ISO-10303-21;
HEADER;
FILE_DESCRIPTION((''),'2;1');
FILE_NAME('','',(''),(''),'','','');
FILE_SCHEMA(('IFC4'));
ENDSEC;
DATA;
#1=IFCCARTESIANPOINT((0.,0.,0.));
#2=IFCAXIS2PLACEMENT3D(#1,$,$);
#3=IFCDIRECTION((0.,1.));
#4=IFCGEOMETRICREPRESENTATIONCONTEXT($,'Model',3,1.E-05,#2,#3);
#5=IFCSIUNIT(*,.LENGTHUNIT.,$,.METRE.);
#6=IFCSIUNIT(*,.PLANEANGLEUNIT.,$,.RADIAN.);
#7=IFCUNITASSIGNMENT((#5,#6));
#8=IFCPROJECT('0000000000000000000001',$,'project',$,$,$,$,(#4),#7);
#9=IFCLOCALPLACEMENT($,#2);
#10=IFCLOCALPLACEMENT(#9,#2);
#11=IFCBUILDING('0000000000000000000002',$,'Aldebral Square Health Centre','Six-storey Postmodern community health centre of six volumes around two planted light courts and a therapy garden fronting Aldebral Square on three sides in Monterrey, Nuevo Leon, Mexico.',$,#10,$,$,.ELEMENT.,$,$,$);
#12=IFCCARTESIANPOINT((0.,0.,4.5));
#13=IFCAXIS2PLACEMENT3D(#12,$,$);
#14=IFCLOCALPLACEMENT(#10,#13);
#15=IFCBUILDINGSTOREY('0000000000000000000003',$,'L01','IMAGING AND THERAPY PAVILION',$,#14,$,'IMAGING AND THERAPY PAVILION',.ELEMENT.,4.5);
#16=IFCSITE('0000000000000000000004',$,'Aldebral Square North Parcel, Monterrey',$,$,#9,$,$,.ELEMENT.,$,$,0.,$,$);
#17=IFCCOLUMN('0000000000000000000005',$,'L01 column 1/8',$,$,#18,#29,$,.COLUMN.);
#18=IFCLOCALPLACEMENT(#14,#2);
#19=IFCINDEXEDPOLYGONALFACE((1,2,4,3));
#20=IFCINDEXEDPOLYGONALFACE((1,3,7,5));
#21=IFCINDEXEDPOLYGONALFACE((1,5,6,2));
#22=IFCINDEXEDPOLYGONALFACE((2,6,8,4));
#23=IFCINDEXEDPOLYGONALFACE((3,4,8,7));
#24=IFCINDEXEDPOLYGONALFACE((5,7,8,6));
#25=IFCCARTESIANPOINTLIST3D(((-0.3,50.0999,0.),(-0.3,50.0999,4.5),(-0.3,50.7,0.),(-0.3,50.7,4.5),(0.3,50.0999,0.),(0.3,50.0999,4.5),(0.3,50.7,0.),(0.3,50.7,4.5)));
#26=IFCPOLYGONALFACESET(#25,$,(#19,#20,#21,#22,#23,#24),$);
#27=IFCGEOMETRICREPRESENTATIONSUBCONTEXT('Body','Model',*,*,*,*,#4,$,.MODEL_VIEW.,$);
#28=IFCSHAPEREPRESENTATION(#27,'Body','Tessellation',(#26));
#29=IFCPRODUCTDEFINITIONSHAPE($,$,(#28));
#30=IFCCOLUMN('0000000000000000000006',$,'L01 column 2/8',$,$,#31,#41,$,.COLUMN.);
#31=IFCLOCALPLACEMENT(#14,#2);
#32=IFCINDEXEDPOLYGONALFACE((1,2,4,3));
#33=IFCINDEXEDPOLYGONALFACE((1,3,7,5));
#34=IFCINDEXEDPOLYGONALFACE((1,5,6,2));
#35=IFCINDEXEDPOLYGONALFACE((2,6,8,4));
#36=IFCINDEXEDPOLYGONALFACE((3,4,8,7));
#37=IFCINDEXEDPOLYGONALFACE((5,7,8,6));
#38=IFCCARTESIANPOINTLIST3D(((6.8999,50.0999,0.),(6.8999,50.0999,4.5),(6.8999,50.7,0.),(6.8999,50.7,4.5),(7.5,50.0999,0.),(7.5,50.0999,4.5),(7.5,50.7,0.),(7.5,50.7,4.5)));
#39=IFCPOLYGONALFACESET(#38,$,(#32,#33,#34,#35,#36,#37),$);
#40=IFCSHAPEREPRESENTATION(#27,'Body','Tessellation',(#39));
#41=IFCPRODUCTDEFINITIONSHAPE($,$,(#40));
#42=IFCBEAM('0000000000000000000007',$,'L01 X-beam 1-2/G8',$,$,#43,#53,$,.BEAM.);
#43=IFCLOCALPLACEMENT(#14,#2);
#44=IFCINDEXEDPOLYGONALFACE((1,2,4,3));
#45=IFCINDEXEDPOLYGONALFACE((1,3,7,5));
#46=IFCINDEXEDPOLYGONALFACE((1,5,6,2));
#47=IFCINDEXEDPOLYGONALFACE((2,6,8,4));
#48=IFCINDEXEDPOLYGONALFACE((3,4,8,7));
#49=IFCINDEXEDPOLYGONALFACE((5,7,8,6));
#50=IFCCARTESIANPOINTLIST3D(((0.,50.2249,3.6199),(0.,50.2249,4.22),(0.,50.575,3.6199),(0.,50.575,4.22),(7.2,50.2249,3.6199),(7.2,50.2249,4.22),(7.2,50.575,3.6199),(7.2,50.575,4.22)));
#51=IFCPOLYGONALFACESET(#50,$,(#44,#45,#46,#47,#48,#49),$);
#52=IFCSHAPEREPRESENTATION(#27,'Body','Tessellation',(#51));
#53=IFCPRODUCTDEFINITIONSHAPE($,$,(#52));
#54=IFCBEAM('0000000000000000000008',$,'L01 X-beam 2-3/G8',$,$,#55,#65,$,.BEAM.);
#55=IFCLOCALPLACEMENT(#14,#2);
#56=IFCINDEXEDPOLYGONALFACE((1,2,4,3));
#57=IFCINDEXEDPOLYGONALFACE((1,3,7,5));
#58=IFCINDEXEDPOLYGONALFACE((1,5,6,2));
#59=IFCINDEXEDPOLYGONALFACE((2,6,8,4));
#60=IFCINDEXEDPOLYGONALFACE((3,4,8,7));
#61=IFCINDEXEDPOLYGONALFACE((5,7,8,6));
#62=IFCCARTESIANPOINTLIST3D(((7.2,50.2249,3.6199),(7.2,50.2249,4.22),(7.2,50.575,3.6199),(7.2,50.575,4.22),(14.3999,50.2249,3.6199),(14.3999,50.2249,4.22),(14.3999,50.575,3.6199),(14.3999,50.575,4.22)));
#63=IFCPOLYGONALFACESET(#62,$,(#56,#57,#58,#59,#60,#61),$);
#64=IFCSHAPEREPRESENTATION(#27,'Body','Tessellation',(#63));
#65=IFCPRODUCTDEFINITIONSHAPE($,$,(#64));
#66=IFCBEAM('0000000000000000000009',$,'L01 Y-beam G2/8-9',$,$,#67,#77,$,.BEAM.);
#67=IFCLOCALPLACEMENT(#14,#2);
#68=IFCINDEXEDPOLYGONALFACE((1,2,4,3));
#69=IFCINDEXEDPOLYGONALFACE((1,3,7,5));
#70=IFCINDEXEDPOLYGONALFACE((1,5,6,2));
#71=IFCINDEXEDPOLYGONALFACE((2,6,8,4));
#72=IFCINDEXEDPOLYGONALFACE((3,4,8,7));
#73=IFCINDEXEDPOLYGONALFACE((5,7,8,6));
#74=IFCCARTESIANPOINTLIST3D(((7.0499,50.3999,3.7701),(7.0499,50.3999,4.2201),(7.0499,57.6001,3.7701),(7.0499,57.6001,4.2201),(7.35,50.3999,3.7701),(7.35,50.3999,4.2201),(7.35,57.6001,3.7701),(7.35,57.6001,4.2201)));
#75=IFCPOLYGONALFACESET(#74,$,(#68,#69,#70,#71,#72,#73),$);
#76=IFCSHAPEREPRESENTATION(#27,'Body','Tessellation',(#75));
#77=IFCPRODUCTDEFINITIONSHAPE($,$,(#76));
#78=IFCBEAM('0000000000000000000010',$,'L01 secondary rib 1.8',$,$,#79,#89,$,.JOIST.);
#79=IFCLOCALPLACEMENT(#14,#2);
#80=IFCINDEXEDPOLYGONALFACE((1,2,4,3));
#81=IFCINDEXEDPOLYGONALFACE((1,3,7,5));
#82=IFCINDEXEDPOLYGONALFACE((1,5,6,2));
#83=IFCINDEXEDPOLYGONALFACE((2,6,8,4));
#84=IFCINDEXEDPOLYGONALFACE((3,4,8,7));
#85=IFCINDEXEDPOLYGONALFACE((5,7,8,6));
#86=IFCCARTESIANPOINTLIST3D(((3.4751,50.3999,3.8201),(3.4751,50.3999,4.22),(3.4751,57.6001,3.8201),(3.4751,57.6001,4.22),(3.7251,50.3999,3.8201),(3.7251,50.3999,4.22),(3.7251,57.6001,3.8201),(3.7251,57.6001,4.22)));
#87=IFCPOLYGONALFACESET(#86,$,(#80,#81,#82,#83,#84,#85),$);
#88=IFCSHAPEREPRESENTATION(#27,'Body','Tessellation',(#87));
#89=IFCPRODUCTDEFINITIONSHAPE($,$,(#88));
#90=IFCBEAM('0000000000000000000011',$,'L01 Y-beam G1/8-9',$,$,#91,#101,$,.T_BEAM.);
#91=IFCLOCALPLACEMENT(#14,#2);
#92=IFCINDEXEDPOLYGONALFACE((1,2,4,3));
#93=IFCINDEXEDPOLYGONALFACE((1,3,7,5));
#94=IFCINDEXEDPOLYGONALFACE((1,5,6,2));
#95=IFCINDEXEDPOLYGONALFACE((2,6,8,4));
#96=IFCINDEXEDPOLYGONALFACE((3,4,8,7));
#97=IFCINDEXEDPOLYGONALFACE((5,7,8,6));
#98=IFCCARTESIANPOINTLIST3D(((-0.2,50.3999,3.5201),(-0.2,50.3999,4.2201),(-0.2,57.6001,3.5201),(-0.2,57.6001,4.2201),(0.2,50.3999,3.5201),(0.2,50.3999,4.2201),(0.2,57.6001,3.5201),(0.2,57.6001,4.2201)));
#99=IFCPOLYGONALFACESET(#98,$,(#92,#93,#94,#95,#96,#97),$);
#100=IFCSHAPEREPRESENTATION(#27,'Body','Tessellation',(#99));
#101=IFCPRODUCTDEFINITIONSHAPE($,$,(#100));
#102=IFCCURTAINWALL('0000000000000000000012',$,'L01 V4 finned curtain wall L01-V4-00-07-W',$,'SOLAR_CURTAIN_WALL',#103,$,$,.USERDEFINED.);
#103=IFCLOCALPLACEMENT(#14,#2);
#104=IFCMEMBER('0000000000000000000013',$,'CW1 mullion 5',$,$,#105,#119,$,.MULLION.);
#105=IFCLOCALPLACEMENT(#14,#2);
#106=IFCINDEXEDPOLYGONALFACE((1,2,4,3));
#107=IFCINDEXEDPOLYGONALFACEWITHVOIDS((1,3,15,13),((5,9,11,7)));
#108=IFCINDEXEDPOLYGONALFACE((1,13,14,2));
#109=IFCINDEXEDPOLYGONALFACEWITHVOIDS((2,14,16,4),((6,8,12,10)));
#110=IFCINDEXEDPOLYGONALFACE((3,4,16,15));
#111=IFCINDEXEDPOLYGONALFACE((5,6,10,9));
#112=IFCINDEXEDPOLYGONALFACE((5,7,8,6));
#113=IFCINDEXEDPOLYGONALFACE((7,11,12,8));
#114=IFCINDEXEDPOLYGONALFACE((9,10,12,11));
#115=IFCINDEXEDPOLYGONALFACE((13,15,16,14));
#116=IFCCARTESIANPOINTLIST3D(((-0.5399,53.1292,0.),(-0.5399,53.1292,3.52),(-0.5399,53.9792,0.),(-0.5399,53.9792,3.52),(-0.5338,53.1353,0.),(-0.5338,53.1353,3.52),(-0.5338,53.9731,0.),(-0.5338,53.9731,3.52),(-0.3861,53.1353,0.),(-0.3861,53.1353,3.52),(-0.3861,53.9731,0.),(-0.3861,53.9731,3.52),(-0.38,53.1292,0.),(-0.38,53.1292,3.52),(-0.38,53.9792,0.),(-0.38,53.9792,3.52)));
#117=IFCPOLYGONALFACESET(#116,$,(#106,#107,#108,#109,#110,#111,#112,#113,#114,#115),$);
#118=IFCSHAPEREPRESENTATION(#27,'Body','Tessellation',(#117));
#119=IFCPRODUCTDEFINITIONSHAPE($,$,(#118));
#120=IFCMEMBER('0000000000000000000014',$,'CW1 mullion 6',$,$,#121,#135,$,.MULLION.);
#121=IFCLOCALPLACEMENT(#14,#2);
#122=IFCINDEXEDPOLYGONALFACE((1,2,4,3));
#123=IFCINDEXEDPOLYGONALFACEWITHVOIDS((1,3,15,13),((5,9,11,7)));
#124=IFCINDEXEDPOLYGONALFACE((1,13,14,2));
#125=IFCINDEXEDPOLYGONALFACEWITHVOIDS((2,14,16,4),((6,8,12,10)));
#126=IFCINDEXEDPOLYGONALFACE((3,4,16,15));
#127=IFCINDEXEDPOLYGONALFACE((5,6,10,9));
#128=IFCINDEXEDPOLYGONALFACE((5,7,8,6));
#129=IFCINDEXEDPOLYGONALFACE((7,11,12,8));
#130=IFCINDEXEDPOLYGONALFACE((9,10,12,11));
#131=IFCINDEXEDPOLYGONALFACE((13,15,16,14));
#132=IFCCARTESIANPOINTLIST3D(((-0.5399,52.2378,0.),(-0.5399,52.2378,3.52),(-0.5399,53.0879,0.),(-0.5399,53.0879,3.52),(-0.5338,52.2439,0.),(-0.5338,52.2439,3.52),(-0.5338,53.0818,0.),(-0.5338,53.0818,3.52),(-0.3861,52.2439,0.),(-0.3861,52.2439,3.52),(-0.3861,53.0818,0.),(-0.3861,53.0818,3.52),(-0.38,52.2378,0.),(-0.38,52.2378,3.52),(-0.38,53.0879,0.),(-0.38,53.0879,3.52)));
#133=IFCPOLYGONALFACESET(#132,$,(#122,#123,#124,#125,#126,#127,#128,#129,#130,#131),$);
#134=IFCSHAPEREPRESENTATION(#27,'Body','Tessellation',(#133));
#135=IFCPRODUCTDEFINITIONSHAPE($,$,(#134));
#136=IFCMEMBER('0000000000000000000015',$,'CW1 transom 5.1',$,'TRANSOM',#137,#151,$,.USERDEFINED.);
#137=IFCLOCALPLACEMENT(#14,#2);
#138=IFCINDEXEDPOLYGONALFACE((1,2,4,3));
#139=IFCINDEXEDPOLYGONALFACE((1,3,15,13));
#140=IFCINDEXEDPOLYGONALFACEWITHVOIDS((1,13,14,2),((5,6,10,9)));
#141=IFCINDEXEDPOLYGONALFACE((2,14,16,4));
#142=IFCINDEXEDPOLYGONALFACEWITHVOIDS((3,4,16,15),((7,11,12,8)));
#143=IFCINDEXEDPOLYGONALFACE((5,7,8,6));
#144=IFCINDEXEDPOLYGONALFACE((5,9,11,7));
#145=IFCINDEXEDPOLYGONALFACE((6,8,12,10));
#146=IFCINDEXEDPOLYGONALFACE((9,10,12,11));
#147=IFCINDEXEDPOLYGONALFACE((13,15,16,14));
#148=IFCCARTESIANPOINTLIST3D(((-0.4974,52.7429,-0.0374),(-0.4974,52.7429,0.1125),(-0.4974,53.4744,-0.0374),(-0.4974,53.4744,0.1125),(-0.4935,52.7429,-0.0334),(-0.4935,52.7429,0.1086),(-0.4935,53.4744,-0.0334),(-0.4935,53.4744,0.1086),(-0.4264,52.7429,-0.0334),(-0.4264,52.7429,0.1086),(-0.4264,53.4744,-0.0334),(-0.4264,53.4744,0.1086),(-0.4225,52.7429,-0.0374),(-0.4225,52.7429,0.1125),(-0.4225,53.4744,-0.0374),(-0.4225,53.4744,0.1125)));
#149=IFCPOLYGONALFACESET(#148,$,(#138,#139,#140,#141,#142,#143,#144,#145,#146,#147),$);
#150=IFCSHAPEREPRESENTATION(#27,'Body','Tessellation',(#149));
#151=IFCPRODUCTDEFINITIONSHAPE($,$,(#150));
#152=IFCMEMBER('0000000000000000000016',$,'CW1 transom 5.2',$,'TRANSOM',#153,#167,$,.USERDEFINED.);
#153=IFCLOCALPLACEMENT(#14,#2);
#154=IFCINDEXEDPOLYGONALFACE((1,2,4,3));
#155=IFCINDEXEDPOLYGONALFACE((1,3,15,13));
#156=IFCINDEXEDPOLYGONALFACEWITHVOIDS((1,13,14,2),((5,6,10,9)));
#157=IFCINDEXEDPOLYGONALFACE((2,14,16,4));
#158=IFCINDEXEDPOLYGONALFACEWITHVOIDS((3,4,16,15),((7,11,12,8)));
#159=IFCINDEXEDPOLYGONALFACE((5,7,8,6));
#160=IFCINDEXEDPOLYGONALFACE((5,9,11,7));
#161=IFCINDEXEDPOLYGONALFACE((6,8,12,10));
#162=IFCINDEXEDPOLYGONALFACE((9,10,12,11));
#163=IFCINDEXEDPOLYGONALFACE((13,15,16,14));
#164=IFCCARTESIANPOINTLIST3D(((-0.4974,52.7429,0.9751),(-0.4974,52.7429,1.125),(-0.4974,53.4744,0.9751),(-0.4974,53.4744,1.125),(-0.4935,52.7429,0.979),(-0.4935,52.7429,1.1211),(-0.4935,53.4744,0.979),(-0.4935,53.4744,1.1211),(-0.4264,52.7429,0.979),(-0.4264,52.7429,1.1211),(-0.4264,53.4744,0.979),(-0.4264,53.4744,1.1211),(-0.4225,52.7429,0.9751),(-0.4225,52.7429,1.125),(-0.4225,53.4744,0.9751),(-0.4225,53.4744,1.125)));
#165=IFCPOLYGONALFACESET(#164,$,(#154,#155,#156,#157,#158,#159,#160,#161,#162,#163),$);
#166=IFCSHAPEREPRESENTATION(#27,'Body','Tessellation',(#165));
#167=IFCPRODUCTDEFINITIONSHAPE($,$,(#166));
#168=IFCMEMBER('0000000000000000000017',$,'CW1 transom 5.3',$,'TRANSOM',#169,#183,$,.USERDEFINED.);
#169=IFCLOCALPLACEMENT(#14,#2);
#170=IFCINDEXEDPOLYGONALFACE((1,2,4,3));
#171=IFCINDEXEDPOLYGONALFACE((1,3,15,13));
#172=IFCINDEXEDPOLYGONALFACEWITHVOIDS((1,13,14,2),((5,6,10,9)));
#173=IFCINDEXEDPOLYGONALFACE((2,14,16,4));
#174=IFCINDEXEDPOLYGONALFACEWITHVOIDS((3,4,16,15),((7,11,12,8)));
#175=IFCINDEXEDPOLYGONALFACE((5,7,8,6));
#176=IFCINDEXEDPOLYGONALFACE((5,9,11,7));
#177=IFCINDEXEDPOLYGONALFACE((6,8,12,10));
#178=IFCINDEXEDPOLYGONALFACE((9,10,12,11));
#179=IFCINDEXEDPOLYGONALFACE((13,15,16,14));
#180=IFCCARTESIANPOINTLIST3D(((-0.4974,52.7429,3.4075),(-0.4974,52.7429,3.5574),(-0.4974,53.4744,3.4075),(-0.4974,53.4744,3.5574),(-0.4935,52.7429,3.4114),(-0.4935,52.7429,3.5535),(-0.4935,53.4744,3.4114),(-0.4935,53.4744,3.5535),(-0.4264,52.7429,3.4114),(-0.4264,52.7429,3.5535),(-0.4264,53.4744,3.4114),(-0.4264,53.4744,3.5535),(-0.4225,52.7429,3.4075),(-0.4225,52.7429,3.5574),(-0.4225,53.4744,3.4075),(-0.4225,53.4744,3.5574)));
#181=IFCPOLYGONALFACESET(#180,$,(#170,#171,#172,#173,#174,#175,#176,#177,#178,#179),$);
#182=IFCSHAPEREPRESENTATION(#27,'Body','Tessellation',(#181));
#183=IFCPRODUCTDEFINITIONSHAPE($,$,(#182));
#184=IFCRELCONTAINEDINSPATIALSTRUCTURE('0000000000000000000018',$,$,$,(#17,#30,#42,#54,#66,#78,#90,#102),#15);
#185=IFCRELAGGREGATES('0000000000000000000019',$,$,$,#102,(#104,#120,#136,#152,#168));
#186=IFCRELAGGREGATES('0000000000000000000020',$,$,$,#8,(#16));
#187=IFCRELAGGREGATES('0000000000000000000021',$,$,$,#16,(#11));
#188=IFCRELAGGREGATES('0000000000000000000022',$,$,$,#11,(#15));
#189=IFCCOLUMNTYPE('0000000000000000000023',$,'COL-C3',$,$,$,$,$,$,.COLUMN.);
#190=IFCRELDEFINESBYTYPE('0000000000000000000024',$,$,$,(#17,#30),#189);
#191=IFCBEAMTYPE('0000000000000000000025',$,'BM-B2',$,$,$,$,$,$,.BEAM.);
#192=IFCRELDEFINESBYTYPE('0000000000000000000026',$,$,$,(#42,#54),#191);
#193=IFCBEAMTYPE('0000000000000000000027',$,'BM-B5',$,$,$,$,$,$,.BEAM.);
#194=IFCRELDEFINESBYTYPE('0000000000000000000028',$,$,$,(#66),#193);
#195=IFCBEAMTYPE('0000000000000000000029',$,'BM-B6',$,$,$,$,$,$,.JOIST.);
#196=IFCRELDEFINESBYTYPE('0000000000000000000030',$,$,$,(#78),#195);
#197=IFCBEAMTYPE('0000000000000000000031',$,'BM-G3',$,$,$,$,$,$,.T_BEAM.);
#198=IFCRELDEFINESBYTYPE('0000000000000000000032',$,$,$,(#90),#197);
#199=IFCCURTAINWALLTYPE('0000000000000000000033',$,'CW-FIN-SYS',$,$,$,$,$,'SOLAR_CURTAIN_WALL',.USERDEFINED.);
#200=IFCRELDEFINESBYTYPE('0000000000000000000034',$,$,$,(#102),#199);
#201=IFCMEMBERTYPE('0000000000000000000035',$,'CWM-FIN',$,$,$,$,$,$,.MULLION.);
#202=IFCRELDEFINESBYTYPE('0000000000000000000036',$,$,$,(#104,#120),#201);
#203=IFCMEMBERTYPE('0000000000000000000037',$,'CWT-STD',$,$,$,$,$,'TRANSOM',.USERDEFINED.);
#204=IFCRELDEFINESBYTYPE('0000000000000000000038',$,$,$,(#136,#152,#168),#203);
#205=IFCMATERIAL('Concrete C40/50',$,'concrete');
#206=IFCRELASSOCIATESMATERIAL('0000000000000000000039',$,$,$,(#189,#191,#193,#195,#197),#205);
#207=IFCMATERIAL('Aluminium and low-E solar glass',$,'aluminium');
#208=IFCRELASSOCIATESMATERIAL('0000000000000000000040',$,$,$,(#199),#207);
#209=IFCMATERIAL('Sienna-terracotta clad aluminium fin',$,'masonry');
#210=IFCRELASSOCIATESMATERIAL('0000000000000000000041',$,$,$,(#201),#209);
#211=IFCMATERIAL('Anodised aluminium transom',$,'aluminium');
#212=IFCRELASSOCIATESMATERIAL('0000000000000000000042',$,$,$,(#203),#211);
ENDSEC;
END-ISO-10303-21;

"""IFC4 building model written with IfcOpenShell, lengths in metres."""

from ifc_helpers import new_model, si_unit, direction, frame, origin, origin_2d, place, context, subcontext, project, spatial, rectangle, hollow_rectangle, extrude, material, material_profile, profile_set, type_object, element, aggregate, save


model = new_model("IFC4")

# Units and contexts
model_context = context("Model", 3, precision=1e-05, world=origin(), true_north=direction((0.0, 1.0)))
body_context = subcontext(model_context, "Body", "Model", "MODEL_VIEW")
ifc_project = project(units=[si_unit("LENGTHUNIT", "METRE"), si_unit("PLANEANGLEUNIT", "RADIAN")], contexts=[model_context])

# Site, building, storey
site_placement = place(None, origin())
site = spatial("IfcSite", under=ifc_project, at=site_placement, Name="Aldebral Square North Parcel, Monterrey", CompositionType="ELEMENT", RefElevation=0.0)
building_placement = place(site_placement, origin())
building = spatial("IfcBuilding", under=site, at=building_placement, Name="Aldebral Square Health Centre", Description="Six-storey Postmodern community health centre of six volumes around two planted light courts and a therapy garden fronting Aldebral Square on three sides in Monterrey, Nuevo Leon, Mexico.", CompositionType="ELEMENT")
storey_placement = place(building_placement, frame((0.0, 0.0, 4.5)))
storey = spatial("IfcBuildingStorey", under=building, at=storey_placement, Name="L01", Description="IMAGING AND THERAPY PAVILION", LongName="IMAGING AND THERAPY PAVILION", CompositionType="ELEMENT", Elevation=4.5)

# Columns
ifc_material_1 = material(Name="Concrete C40/50", Category="concrete")
ifc_material_profile_1 = material_profile(ifc_material_1, rectangle(XDim=0.6001, YDim=0.6001, at=origin_2d()), Name="RC 600x600")
ifc_profile_set_1 = profile_set([ifc_material_profile_1], Name="Concrete C40/50")
column_type = type_object("IfcColumnType", Name="COL-C3", PredefinedType="COLUMN", material=ifc_profile_set_1)
for number, where, z_axis, x_axis, name in (
    (1, (0.0, 50.3999, 0.0), (0.0, 0.0, 1.0), (1.0, 0.0, 0.0), "L01 column 1/8"),
    (2, (7.2, 50.3999, 0.0), (0.0, 0.0, 1.0), (1.0, 0.0, 0.0), "L01 column 2/8"),
):
    element("IfcColumn", number, at=place(storey_placement, frame(where, z_axis=z_axis, x_axis=x_axis)), inside=storey, type_object=column_type, Name=name, PredefinedType="COLUMN", context=body_context, shape_type="SweptSolid", body=[
        extrude(rectangle(XDim=0.6001, YDim=0.6001, at=origin_2d()), origin(), (0.0, 0.0, 1.0), 4.5),
    ])

# Beams
ifc_material_profile_2 = material_profile(ifc_material_1, rectangle(XDim=0.3501, YDim=0.6001, at=origin_2d()), Name="RC 350x600")
ifc_profile_set_2 = profile_set([ifc_material_profile_2], Name="Concrete C40/50")
beam_type_1 = type_object("IfcBeamType", Name="BM-B2", PredefinedType="BEAM", material=ifc_profile_set_2)
for number, where, z_axis, x_axis, name in (
    (3, (0.0, 50.3999, 3.9199), (1.0, 0.0, 0.0), (0.0, 1.0, 0.0), "L01 X-beam 1-2/G8"),
    (4, (7.2, 50.3999, 3.9199), (1.0, 0.0, 0.0), (0.0, 1.0, 0.0), "L01 X-beam 2-3/G8"),
):
    element("IfcBeam", number, at=place(storey_placement, frame(where, z_axis=z_axis, x_axis=x_axis)), inside=storey, type_object=beam_type_1, Name=name, PredefinedType="BEAM", context=body_context, shape_type="SweptSolid", body=[
        extrude(rectangle(XDim=0.3501, YDim=0.6001, at=origin_2d()), origin(), (0.0, 0.0, 1.0), 7.2),
    ])
ifc_material_profile_3 = material_profile(ifc_material_1, rectangle(XDim=0.3, YDim=0.45, at=origin_2d()), Name="RC 300x450")
ifc_profile_set_3 = profile_set([ifc_material_profile_3], Name="Concrete C40/50")
beam_type_2 = type_object("IfcBeamType", Name="BM-B5", PredefinedType="BEAM", material=ifc_profile_set_3)
beam_1_placement = place(storey_placement, frame((7.2, 50.3999, 3.9951), z_axis=(0.0, 1.0, 0.0), x_axis=(-1.0, 0.0, 0.0)))
element("IfcBeam", 5, at=beam_1_placement, inside=storey, type_object=beam_type_2, Name="L01 Y-beam G2/8-9", PredefinedType="BEAM", context=body_context, shape_type="SweptSolid", body=[
    extrude(rectangle(XDim=0.3, YDim=0.45, at=origin_2d()), origin(), (0.0, 0.0, 1.0), 7.2002),
])
ifc_material_profile_4 = material_profile(ifc_material_1, rectangle(XDim=0.25, YDim=0.3999, at=origin_2d()), Name="RC 250x400")
ifc_profile_set_4 = profile_set([ifc_material_profile_4], Name="Concrete C40/50")
beam_type_3 = type_object("IfcBeamType", Name="BM-B6", PredefinedType="JOIST", material=ifc_profile_set_4)
beam_2_placement = place(storey_placement, frame((3.6001, 50.3999, 4.02), z_axis=(0.0, 1.0, 0.0), x_axis=(-1.0, 0.0, 0.0)))
element("IfcBeam", 6, at=beam_2_placement, inside=storey, type_object=beam_type_3, Name="L01 secondary rib 1.8", PredefinedType="JOIST", context=body_context, shape_type="SweptSolid", body=[
    extrude(rectangle(XDim=0.25, YDim=0.3999, at=origin_2d()), origin(), (0.0, 0.0, 1.0), 7.2002),
])
ifc_material_profile_5 = material_profile(ifc_material_1, rectangle(XDim=0.3999, YDim=0.7, at=origin_2d()), Name="RC 400x700")
ifc_profile_set_5 = profile_set([ifc_material_profile_5], Name="Concrete C40/50")
beam_type_4 = type_object("IfcBeamType", Name="BM-G3", PredefinedType="T_BEAM", material=ifc_profile_set_5)
beam_3_placement = place(storey_placement, frame((0.0, 50.3999, 3.8701), z_axis=(0.0, 1.0, 0.0), x_axis=(-1.0, 0.0, 0.0)))
element("IfcBeam", 7, at=beam_3_placement, inside=storey, type_object=beam_type_4, Name="L01 Y-beam G1/8-9", PredefinedType="T_BEAM", context=body_context, shape_type="SweptSolid", body=[
    extrude(rectangle(XDim=0.3999, YDim=0.7, at=origin_2d()), origin(), (0.0, 0.0, 1.0), 7.2002),
])

# Curtain wall, members
ifc_material_2 = material(Name="Aluminium and low-E solar glass", Category="aluminium")
curtain_wall_type = type_object("IfcCurtainWallType", Name="CW-FIN-SYS", ElementType="SOLAR_CURTAIN_WALL", PredefinedType="USERDEFINED", material=ifc_material_2)
curtain_wall_placement = place(storey_placement, origin())
curtain_wall = element("IfcCurtainWall", 8, at=curtain_wall_placement, inside=storey, type_object=curtain_wall_type, Name="L01 V4 finned curtain wall L01-V4-00-07-W", ObjectType="SOLAR_CURTAIN_WALL", PredefinedType="USERDEFINED")
ifc_material_3 = material(Name="Sienna-terracotta clad aluminium fin", Category="masonry")
ifc_material_profile_6 = material_profile(ifc_material_3, hollow_rectangle(XDim=0.1599, YDim=0.8501, WallThickness=0.0061, at=origin_2d()), Name="FIN 160x850x6")
ifc_profile_set_6 = profile_set([ifc_material_profile_6], Name="Sienna-terracotta clad aluminium fin")
member_type_1 = type_object("IfcMemberType", Name="CWM-FIN", PredefinedType="MULLION", material=ifc_profile_set_6)
member_1_placement = place(storey_placement, frame((-0.46, 53.5542, 0.0), z_axis=(0.0, 0.0, 1.0), x_axis=(1.0, 0.0, 0.0)))
member_1 = element("IfcMember", 9, at=member_1_placement, type_object=member_type_1, Name="CW1 mullion 5", PredefinedType="MULLION", context=body_context, shape_type="SweptSolid", body=[
    extrude(hollow_rectangle(XDim=0.1599, YDim=0.8501, WallThickness=0.0061, at=origin_2d()), origin(), (0.0, 0.0, 1.0), 3.52),
])
member_2_placement = place(storey_placement, frame((-0.46, 52.6628, 0.0), z_axis=(0.0, 0.0, 1.0), x_axis=(1.0, 0.0, 0.0)))
member_2 = element("IfcMember", 10, at=member_2_placement, type_object=member_type_1, Name="CW1 mullion 6", PredefinedType="MULLION", context=body_context, shape_type="SweptSolid", body=[
    extrude(hollow_rectangle(XDim=0.1599, YDim=0.8501, WallThickness=0.0061, at=origin_2d()), origin(), (0.0, 0.0, 1.0), 3.52),
])
ifc_material_4 = material(Name="Anodised aluminium transom", Category="aluminium")
ifc_material_profile_7 = material_profile(ifc_material_4, hollow_rectangle(XDim=0.075, YDim=0.1499, WallThickness=0.0039, at=origin_2d()), Name="CWT 75x150x4")
ifc_profile_set_7 = profile_set([ifc_material_profile_7], Name="Anodised aluminium transom")
member_type_2 = type_object("IfcMemberType", Name="CWT-STD", ElementType="TRANSOM", PredefinedType="USERDEFINED", material=ifc_profile_set_7)
member_3_placement = place(storey_placement, frame((-0.46, 53.4744, 0.0376), z_axis=(0.0, -1.0, 0.0), x_axis=(1.0, 0.0, 0.0)))
member_3 = element("IfcMember", 11, at=member_3_placement, type_object=member_type_2, Name="CW1 transom 5.1", ObjectType="TRANSOM", PredefinedType="USERDEFINED", context=body_context, shape_type="SweptSolid", body=[
    extrude(hollow_rectangle(XDim=0.075, YDim=0.1499, WallThickness=0.0039, at=origin_2d()), origin(), (0.0, 0.0, 1.0), 0.7314),
])
member_4_placement = place(storey_placement, frame((-0.46, 53.4744, 1.05), z_axis=(0.0, -1.0, 0.0), x_axis=(1.0, 0.0, 0.0)))
member_4 = element("IfcMember", 12, at=member_4_placement, type_object=member_type_2, Name="CW1 transom 5.2", ObjectType="TRANSOM", PredefinedType="USERDEFINED", context=body_context, shape_type="SweptSolid", body=[
    extrude(hollow_rectangle(XDim=0.075, YDim=0.1499, WallThickness=0.0039, at=origin_2d()), origin(), (0.0, 0.0, 1.0), 0.7314),
])
member_5_placement = place(storey_placement, frame((-0.46, 53.4744, 3.4824), z_axis=(0.0, -1.0, 0.0), x_axis=(1.0, 0.0, 0.0)))
member_5 = element("IfcMember", 13, at=member_5_placement, type_object=member_type_2, Name="CW1 transom 5.3", ObjectType="TRANSOM", PredefinedType="USERDEFINED", context=body_context, shape_type="SweptSolid", body=[
    extrude(hollow_rectangle(XDim=0.075, YDim=0.1499, WallThickness=0.0039, at=origin_2d()), origin(), (0.0, 0.0, 1.0), 0.7314),
])
aggregate(curtain_wall, [member_1, member_2, member_3, member_4, member_5])

save(model, "model.ifc")
